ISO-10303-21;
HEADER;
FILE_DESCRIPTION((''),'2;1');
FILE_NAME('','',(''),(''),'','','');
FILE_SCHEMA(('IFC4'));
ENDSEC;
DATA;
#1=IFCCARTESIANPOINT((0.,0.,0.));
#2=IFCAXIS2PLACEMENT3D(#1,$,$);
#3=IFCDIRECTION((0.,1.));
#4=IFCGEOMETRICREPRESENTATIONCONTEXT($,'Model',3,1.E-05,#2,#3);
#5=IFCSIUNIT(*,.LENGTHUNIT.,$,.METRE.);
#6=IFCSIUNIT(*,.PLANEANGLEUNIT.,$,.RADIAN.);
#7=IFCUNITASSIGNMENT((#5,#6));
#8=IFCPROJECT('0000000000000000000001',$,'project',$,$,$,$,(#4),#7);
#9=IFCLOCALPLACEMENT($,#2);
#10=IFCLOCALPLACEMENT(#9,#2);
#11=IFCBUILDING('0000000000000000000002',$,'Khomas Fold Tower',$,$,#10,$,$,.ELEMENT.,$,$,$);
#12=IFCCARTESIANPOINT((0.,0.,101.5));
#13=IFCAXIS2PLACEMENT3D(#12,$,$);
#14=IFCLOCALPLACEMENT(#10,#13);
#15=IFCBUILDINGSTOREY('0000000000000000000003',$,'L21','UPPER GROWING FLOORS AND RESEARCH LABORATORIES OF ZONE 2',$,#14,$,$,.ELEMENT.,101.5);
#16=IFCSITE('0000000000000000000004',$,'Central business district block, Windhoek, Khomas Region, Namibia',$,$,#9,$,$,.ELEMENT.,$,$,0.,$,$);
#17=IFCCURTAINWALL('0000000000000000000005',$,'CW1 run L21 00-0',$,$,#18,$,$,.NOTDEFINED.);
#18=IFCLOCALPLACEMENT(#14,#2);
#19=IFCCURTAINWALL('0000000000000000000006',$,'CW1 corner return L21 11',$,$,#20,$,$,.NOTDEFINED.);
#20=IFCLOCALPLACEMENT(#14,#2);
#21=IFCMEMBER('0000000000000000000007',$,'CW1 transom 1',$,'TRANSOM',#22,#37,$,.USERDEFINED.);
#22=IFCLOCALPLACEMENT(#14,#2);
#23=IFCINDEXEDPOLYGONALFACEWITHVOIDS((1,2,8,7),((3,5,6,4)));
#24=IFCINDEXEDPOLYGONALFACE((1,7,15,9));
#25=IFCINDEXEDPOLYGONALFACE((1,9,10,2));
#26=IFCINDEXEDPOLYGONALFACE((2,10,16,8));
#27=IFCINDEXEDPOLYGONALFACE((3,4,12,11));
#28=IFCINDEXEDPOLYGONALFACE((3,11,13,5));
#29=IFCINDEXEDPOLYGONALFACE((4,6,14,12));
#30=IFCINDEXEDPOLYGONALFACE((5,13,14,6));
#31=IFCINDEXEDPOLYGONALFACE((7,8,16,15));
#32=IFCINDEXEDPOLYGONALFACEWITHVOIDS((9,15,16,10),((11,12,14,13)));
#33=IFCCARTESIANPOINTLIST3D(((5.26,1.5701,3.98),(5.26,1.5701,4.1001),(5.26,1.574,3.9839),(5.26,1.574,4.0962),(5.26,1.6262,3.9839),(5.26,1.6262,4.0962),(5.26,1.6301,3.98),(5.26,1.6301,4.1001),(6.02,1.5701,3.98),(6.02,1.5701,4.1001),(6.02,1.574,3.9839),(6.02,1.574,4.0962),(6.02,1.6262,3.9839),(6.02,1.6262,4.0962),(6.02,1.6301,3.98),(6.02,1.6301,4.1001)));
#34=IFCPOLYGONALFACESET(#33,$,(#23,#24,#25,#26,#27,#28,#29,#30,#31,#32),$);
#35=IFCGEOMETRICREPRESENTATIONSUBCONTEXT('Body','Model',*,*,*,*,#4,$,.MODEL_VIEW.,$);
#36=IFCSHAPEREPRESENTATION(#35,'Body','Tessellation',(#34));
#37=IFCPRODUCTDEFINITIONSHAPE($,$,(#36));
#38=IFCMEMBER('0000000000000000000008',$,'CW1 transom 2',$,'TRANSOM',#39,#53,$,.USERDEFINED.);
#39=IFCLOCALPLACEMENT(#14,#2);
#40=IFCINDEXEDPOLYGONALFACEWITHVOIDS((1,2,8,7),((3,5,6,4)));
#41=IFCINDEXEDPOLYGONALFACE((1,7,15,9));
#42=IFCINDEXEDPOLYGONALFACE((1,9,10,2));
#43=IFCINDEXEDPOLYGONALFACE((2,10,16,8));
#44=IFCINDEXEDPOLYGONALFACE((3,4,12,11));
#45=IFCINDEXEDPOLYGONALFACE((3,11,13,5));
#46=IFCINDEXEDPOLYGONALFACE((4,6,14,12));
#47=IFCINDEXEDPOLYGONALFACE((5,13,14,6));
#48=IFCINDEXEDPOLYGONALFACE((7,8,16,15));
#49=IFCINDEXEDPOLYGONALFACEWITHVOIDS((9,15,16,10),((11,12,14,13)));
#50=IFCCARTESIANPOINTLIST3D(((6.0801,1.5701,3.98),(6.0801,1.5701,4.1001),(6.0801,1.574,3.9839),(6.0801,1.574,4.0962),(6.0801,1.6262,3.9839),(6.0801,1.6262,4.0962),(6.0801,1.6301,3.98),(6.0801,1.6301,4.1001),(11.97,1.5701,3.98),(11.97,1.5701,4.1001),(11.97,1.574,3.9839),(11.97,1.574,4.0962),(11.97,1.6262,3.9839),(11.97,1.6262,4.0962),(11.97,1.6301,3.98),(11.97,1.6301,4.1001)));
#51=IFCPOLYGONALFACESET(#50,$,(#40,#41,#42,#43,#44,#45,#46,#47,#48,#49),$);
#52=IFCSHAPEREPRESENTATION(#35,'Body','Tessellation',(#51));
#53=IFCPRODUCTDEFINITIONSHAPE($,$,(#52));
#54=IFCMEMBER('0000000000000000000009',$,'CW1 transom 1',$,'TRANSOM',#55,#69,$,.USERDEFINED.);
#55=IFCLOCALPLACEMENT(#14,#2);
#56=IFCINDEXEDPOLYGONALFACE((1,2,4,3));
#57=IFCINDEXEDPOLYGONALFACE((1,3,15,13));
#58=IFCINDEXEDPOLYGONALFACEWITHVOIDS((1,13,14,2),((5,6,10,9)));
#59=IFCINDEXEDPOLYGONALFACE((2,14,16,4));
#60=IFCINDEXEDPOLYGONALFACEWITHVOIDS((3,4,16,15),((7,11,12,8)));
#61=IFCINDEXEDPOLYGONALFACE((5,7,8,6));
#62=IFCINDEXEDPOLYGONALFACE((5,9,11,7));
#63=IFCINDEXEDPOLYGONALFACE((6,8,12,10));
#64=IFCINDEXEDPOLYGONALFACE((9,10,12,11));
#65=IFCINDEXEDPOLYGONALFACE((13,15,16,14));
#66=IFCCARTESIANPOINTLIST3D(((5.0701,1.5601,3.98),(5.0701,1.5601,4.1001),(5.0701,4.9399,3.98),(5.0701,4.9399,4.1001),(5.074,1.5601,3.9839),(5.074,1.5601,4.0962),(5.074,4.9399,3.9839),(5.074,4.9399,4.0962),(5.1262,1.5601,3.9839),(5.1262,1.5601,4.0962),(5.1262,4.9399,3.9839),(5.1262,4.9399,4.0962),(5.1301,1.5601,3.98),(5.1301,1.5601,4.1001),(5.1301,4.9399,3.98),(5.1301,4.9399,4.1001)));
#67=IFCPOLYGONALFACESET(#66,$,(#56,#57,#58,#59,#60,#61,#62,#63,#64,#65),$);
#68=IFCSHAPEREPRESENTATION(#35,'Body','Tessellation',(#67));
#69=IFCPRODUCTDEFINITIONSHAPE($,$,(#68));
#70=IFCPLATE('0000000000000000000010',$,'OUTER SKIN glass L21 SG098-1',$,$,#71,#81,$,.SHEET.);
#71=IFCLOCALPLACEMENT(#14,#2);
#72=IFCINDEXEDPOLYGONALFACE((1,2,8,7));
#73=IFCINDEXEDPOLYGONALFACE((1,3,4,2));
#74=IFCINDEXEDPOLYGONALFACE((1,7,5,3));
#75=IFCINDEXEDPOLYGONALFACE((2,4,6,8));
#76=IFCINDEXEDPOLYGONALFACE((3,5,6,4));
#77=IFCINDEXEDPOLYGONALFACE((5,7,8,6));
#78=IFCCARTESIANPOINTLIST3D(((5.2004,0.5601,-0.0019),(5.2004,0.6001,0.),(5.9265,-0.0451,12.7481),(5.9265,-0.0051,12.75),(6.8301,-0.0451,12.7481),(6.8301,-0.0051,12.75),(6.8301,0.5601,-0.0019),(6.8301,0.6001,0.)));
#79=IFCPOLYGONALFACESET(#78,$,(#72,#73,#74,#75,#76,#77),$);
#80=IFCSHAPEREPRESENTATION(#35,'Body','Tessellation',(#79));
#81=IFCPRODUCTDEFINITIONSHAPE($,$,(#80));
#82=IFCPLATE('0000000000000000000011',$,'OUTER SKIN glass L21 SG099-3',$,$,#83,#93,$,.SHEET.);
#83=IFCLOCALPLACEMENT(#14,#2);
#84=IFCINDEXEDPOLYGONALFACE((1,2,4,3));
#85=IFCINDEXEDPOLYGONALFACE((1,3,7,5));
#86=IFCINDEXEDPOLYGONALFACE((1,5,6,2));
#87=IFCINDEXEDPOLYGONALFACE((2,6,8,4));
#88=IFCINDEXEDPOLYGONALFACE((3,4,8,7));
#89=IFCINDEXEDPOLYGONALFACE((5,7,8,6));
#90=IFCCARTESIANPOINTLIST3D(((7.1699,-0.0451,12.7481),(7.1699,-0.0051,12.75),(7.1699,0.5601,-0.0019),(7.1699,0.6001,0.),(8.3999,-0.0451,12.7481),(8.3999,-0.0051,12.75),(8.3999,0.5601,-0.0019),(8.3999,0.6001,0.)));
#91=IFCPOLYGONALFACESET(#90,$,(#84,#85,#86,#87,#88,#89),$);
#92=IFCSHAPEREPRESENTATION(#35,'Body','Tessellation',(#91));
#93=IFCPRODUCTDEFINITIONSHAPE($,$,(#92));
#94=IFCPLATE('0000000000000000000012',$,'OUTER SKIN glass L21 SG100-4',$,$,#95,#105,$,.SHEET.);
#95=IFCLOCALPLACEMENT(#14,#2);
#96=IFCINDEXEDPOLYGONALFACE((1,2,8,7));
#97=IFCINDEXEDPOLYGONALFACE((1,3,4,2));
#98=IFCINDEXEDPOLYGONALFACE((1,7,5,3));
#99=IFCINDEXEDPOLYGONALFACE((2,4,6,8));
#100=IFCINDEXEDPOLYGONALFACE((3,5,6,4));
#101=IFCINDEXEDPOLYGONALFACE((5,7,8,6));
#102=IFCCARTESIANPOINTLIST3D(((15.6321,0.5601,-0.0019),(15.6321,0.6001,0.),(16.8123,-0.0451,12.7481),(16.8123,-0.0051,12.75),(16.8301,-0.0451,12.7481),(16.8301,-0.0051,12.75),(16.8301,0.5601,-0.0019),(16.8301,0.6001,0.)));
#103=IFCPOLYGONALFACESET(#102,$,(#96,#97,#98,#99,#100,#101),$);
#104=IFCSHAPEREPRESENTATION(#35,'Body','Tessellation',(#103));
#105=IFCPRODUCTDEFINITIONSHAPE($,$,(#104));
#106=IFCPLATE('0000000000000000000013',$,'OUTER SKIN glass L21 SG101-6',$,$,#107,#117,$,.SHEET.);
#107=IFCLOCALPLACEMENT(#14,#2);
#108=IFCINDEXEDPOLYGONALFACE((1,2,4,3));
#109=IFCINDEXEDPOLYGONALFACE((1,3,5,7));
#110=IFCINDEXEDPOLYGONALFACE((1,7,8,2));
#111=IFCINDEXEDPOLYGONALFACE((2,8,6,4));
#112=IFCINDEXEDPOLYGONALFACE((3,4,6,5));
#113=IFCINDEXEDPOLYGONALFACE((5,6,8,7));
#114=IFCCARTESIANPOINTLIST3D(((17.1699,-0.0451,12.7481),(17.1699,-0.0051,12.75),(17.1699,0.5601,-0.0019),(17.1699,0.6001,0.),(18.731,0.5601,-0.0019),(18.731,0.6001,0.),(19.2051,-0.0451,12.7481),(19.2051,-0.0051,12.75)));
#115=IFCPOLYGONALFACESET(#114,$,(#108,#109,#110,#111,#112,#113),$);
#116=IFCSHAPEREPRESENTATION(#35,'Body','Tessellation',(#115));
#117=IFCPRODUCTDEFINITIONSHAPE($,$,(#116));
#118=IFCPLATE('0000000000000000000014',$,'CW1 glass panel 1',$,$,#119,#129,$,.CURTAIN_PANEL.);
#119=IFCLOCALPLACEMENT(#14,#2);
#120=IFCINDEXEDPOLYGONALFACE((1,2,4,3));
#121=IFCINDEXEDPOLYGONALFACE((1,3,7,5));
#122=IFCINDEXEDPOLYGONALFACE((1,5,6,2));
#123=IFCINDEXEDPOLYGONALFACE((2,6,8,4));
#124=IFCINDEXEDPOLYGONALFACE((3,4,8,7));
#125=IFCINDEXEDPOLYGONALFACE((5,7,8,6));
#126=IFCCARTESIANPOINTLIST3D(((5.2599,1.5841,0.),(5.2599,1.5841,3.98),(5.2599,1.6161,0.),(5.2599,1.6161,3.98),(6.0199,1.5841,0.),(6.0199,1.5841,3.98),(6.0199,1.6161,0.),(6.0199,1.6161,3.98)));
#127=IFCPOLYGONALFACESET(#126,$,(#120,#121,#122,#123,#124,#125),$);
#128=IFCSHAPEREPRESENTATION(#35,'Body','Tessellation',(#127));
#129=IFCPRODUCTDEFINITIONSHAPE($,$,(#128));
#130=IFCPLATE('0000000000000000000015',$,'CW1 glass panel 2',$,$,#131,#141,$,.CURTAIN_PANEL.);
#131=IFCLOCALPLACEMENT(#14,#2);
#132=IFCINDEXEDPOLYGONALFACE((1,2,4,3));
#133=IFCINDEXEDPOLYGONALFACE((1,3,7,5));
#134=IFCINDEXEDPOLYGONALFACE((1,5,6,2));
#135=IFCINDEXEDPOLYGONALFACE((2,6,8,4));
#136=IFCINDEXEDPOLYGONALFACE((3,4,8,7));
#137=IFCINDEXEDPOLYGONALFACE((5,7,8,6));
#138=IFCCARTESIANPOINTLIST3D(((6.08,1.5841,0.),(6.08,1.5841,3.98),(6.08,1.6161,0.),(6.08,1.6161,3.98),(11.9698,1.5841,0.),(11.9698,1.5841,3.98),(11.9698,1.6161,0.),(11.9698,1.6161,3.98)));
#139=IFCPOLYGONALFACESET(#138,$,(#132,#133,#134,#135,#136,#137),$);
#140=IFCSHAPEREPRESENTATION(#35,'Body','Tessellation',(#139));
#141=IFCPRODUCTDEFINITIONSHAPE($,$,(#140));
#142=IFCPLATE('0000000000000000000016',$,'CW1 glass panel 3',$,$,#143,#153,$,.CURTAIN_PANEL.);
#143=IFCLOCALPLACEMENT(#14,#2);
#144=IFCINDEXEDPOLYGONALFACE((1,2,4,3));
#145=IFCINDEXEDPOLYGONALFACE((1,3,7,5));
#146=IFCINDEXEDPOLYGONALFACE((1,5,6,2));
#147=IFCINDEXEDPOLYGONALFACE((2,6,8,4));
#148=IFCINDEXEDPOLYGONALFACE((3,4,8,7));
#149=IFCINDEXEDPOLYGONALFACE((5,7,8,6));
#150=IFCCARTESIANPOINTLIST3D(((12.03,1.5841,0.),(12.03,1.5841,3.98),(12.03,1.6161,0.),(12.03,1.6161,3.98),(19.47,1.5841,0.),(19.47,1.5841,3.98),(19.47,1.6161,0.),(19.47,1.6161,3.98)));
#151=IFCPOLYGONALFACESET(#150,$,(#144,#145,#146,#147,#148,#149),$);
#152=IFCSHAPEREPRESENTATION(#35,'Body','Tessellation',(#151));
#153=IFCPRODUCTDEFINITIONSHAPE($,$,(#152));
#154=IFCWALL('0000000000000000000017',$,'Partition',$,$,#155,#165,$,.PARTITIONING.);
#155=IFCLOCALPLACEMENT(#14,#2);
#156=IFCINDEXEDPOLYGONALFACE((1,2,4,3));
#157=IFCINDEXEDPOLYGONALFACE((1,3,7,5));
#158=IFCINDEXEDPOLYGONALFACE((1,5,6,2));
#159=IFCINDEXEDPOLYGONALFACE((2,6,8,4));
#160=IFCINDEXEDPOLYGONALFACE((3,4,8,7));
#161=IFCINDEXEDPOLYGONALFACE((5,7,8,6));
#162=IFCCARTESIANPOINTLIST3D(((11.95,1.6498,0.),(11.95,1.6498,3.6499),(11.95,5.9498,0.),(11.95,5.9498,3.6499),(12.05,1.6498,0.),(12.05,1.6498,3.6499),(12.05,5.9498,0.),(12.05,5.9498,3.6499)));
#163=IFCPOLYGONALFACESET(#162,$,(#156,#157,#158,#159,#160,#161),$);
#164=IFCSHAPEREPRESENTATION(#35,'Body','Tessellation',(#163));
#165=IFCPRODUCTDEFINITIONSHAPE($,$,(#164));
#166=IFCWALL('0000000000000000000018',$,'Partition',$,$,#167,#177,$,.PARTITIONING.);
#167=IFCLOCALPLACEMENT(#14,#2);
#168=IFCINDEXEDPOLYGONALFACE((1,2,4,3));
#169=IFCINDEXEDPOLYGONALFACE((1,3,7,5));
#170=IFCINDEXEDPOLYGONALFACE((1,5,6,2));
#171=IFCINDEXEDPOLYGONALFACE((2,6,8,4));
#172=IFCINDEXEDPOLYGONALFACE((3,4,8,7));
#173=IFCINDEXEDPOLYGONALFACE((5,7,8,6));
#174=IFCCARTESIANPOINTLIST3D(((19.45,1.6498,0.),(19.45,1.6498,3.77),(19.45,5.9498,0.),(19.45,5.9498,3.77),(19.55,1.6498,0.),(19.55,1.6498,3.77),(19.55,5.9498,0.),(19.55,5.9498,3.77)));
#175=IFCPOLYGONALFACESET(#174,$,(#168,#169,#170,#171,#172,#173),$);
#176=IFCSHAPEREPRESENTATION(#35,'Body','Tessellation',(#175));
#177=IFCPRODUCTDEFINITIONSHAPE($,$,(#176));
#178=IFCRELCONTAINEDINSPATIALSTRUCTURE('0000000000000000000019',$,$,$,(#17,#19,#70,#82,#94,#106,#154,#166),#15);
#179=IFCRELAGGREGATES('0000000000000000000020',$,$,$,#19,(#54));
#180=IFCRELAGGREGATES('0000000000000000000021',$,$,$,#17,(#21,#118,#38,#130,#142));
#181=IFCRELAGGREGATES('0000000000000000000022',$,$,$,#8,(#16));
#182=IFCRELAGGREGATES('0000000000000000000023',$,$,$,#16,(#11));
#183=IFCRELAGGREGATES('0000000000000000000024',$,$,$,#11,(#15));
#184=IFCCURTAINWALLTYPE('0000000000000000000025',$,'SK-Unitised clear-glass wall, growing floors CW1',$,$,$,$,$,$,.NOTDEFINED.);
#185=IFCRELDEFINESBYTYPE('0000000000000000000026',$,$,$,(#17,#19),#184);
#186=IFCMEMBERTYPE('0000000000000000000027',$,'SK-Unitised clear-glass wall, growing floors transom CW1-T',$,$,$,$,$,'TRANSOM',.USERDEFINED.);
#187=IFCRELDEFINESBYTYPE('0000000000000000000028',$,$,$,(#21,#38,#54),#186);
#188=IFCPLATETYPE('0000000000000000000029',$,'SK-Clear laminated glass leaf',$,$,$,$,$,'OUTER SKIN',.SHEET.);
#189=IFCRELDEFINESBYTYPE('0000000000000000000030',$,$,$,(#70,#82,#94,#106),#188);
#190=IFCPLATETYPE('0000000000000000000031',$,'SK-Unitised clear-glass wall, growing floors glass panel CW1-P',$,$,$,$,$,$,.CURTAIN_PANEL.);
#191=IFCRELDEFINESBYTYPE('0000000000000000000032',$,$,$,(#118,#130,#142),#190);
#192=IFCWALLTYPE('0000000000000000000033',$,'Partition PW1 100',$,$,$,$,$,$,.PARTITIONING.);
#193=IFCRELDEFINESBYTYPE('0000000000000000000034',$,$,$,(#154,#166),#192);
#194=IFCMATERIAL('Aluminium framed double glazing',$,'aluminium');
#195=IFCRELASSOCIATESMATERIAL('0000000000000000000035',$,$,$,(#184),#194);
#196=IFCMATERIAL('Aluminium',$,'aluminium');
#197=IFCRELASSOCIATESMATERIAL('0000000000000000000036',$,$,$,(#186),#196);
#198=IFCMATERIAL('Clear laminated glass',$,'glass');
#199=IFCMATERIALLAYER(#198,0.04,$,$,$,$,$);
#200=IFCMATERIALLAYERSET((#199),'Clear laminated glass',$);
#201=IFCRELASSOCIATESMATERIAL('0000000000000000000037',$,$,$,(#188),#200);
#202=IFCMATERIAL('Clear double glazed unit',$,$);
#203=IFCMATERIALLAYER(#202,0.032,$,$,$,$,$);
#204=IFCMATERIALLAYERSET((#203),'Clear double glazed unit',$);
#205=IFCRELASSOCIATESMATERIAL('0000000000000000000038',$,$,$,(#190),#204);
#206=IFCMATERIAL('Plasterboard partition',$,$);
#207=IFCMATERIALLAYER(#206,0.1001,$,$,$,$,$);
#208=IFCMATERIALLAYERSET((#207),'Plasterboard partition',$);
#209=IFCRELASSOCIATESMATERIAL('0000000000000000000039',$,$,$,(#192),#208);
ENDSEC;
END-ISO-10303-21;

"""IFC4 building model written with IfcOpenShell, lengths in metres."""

from ifc_helpers import new_model, si_unit, direction, frame, frame_2d, origin, origin_2d, place, context, subcontext, project, spatial, polyline, rectangle, hollow_rectangle, outline, extrude, source, transform, mapped, material, layer, layer_set, material_profile, profile_set, type_object, element, aggregate, save


model = new_model("IFC4")

# Units and contexts
model_context = context("Model", 3, precision=1e-05, world=origin(), true_north=direction((0.0, 1.0)))
body_context = subcontext(model_context, "Body", "Model", "MODEL_VIEW")
ifc_project = project(units=[si_unit("LENGTHUNIT", "METRE"), si_unit("PLANEANGLEUNIT", "RADIAN")], contexts=[model_context])

# Site, building, storey
site_placement = place(None, origin())
site = spatial("IfcSite", under=ifc_project, at=site_placement, Name="Central business district block, Windhoek, Khomas Region, Namibia", CompositionType="ELEMENT", RefElevation=0.0)
building_placement = place(site_placement, origin())
building = spatial("IfcBuilding", under=site, at=building_placement, Name="Khomas Fold Tower", CompositionType="ELEMENT")
storey_placement = place(building_placement, frame((0.0, 0.0, 101.5)))
storey = spatial("IfcBuildingStorey", under=building, at=storey_placement, Name="L21", Description="UPPER GROWING FLOORS AND RESEARCH LABORATORIES OF ZONE 2", CompositionType="ELEMENT", Elevation=101.5)

# Curtain wall
ifc_material_1 = material(Name="Aluminium framed double glazing", Category="aluminium")
curtain_wall_type = type_object("IfcCurtainWallType", Name="SK-Unitised clear-glass wall, growing floors CW1", PredefinedType="NOTDEFINED", material=ifc_material_1)
curtain_wall_1_placement = place(storey_placement, origin())
curtain_wall_1 = element("IfcCurtainWall", 1, at=curtain_wall_1_placement, inside=storey, type_object=curtain_wall_type, Name="CW1 run L21 00-0", PredefinedType="NOTDEFINED")
ifc_material_2 = material(Name="Aluminium", Category="aluminium")
ifc_material_profile_1 = material_profile(ifc_material_2, hollow_rectangle(XDim=0.0601, YDim=0.1201, WallThickness=0.0039, at=origin_2d()), Name="SK-Unitised clear-glass wall, growing floors transom CW1-T")
ifc_profile_set_1 = profile_set([ifc_material_profile_1], Name="Aluminium")
member_type_1 = type_object("IfcMemberType", Name="SK-Unitised clear-glass wall, growing floors transom CW1-T", ElementType="TRANSOM", PredefinedType="USERDEFINED", material=ifc_profile_set_1)

# Curtain wall
curtain_wall_2_placement = place(storey_placement, origin())
curtain_wall_2 = element("IfcCurtainWall", 2, at=curtain_wall_2_placement, inside=storey, type_object=curtain_wall_type, Name="CW1 corner return L21 11", PredefinedType="NOTDEFINED")

# Members
shared_shape_1 = source(origin(), body_context, "Body", "SweptSolid", [
    extrude(hollow_rectangle(XDim=0.0601, YDim=0.1201, WallThickness=0.0039, at=origin_2d()), origin(), (0.0, 0.0, 1.0), 0.76),
])
member_1_placement = place(storey_placement, frame((5.26, 1.6001, 4.04), z_axis=(1.0, 0.0, 0.0), x_axis=(0.0, 1.0, 0.0)))
member_1 = element("IfcMember", 3, at=member_1_placement, type_object=member_type_1, Name="CW1 transom 1", ObjectType="TRANSOM", PredefinedType="USERDEFINED", context=body_context, shape_type="MappedRepresentation", body=[
    mapped(shared_shape_1, transform((0.0, 0.0, 0.0))),
])
shared_shape_2 = source(origin(), body_context, "Body", "SweptSolid", [
    extrude(hollow_rectangle(XDim=0.0601, YDim=0.1201, WallThickness=0.0039, at=origin_2d()), origin(), (0.0, 0.0, 1.0), 5.8899),
])
member_2_placement = place(storey_placement, frame((6.0801, 1.6001, 4.04), z_axis=(1.0, 0.0, 0.0), x_axis=(0.0, 1.0, 0.0)))
member_2 = element("IfcMember", 4, at=member_2_placement, type_object=member_type_1, Name="CW1 transom 2", ObjectType="TRANSOM", PredefinedType="USERDEFINED", context=body_context, shape_type="MappedRepresentation", body=[
    mapped(shared_shape_2, transform((0.0, 0.0, 0.0))),
])
shared_shape_3 = source(origin(), body_context, "Body", "SweptSolid", [
    extrude(hollow_rectangle(XDim=0.0601, YDim=0.1201, WallThickness=0.0039, at=origin_2d()), origin(), (0.0, 0.0, 1.0), 3.3799),
])
member_3_placement = place(storey_placement, frame((5.1001, 4.9399, 4.04), z_axis=(0.0, -1.0, 0.0), x_axis=(1.0, 0.0, 0.0)))
member_3 = element("IfcMember", 5, at=member_3_placement, type_object=member_type_1, Name="CW1 transom 1", ObjectType="TRANSOM", PredefinedType="USERDEFINED", context=body_context, shape_type="MappedRepresentation", body=[
    mapped(shared_shape_3, transform((0.0, 0.0, 0.0))),
])
aggregate(curtain_wall_2, [member_3])

# Plates
ifc_material_3 = material(Name="Clear laminated glass", Category="glass")
ifc_layer_1 = layer(ifc_material_3, 0.04)
ifc_layer_set_1 = layer_set([ifc_layer_1], Name="Clear laminated glass")
plate_type_1 = type_object("IfcPlateType", Name="SK-Clear laminated glass leaf", ElementType="OUTER SKIN", PredefinedType="SHEET", material=ifc_layer_set_1)
plate_1_placement = place(storey_placement, frame((5.2004, 0.6001, 0.0), z_axis=(0.0, 0.998875, 0.047415), x_axis=(0.056791, -0.047339, 0.997263)))
element("IfcPlate", 6, at=plate_1_placement, inside=storey, type_object=plate_type_1, Name="OUTER SKIN glass L21 SG098-1", PredefinedType="SHEET", context=body_context, shape_type="SweptSolid", body=[
    extrude(outline(polyline([(0.0, 0.0), (12.785, 0.0), (12.8363, 0.9021), (0.0925, 1.627), (0.0, 0.0)])), origin(), (0.0, 0.0, -1.0), 0.04),
])
plate_2_placement = place(storey_placement, frame((8.3999, 0.6001, 0.0), z_axis=(0.0, 0.998875, 0.047415), x_axis=(-1.0, 0.0, 0.0)))
element("IfcPlate", 7, at=plate_2_placement, inside=storey, type_object=plate_type_1, Name="OUTER SKIN glass L21 SG099-3", PredefinedType="SHEET", context=body_context, shape_type="SweptSolid", body=[
    extrude(outline(polyline([(0.0, 0.0), (1.23, 0.0), (1.23, 12.7644), (0.0, 12.7644), (0.0, 0.0)])), origin(), (0.0, 0.0, -1.0), 0.04),
])
plate_3_placement = place(storey_placement, frame((15.6321, 0.6001, 0.0), z_axis=(0.0, 0.998875, 0.047415), x_axis=(0.092066, -0.047214, 0.994633)))
element("IfcPlate", 8, at=plate_3_placement, inside=storey, type_object=plate_type_1, Name="OUTER SKIN glass L21 SG100-4", PredefinedType="SHEET", context=body_context, shape_type="SweptSolid", body=[
    extrude(outline(polyline([(0.0, 0.0), (12.8188, 0.0), (12.8204, 0.0177), (0.1103, 1.1929), (0.0, 0.0)])), origin(), (0.0, 0.0, -1.0), 0.04),
])
plate_4_placement = place(storey_placement, frame((18.731, 0.6001, 0.0), z_axis=(0.0, 0.998875, 0.047415), x_axis=(-1.0, 0.0, 0.0)))
element("IfcPlate", 9, at=plate_4_placement, inside=storey, type_object=plate_type_1, Name="OUTER SKIN glass L21 SG101-6", PredefinedType="SHEET", context=body_context, shape_type="SweptSolid", body=[
    extrude(outline(polyline([(0.0, 0.0), (1.561, 0.0), (1.561, 12.7644), (-0.4741, 12.7644), (0.0, 0.0)])), origin(), (0.0, 0.0, -1.0), 0.04),
])

# Plates
ifc_material_4 = material(Name="Clear double glazed unit")
ifc_layer_2 = layer(ifc_material_4, 0.032)
ifc_layer_set_2 = layer_set([ifc_layer_2], Name="Clear double glazed unit")
plate_type_2 = type_object("IfcPlateType", Name="SK-Unitised clear-glass wall, growing floors glass panel CW1-P", PredefinedType="CURTAIN_PANEL", material=ifc_layer_set_2)
shared_shape_4 = source(origin(), body_context, "Body", "SweptSolid", [
    extrude(rectangle(XDim=0.76, YDim=0.032, at=origin_2d()), origin(), (0.0, 0.0, 1.0), 3.98),
])
plate_5_placement = place(storey_placement, frame((5.6399, 1.6001, 0.0), z_axis=(0.0, 0.0, 1.0), x_axis=(1.0, 0.0, 0.0)))
plate_5 = element("IfcPlate", 10, at=plate_5_placement, type_object=plate_type_2, Name="CW1 glass panel 1", PredefinedType="CURTAIN_PANEL", context=body_context, shape_type="MappedRepresentation", body=[
    mapped(shared_shape_4, transform((0.0, 0.0, 0.0))),
])
shared_shape_5 = source(origin(), body_context, "Body", "SweptSolid", [
    extrude(rectangle(XDim=5.8899, YDim=0.032, at=origin_2d()), origin(), (0.0, 0.0, 1.0), 3.98),
])
plate_6_placement = place(storey_placement, frame((9.0249, 1.6001, 0.0), z_axis=(0.0, 0.0, 1.0), x_axis=(1.0, 0.0, 0.0)))
plate_6 = element("IfcPlate", 11, at=plate_6_placement, type_object=plate_type_2, Name="CW1 glass panel 2", PredefinedType="CURTAIN_PANEL", context=body_context, shape_type="MappedRepresentation", body=[
    mapped(shared_shape_5, transform((0.0, 0.0, 0.0))),
])
shared_shape_6 = source(origin(), body_context, "Body", "SweptSolid", [
    extrude(rectangle(XDim=7.4399, YDim=0.032, at=origin_2d()), origin(), (0.0, 0.0, 1.0), 3.98),
])
plate_7_placement = place(storey_placement, frame((15.75, 1.6001, 0.0), z_axis=(0.0, 0.0, 1.0), x_axis=(1.0, 0.0, 0.0)))
plate_7 = element("IfcPlate", 12, at=plate_7_placement, type_object=plate_type_2, Name="CW1 glass panel 3", PredefinedType="CURTAIN_PANEL", context=body_context, shape_type="MappedRepresentation", body=[
    mapped(shared_shape_6, transform((0.0, 0.0, 0.0))),
])
aggregate(curtain_wall_1, [member_1, plate_5, member_2, plate_6, plate_7])

# Walls
ifc_material_5 = material(Name="Plasterboard partition")
ifc_layer_3 = layer(ifc_material_5, 0.1001)
ifc_layer_set_3 = layer_set([ifc_layer_3], Name="Plasterboard partition")
wall_type = type_object("IfcWallType", Name="Partition PW1 100", PredefinedType="PARTITIONING", material=ifc_layer_set_3)
shared_shape_7 = source(origin(), body_context, "Body", "SweptSolid", [
    extrude(rectangle(XDim=4.3, YDim=0.1001, at=frame_2d((2.1499, 0.0))), origin(), (0.0, 0.0, 1.0), 3.6499),
])
wall_1_placement = place(storey_placement, frame((12.0, 1.6499, 0.0), z_axis=(0.0, 0.0, 1.0), x_axis=(0.0, 1.0, 0.0)))
element("IfcWall", 13, at=wall_1_placement, inside=storey, type_object=wall_type, Name="Partition", PredefinedType="PARTITIONING", context=body_context, shape_type="MappedRepresentation", body=[
    mapped(shared_shape_7, transform((0.0, 0.0, 0.0))),
])
shared_shape_8 = source(origin(), body_context, "Body", "SweptSolid", [
    extrude(rectangle(XDim=4.3, YDim=0.1001, at=frame_2d((2.1499, 0.0))), origin(), (0.0, 0.0, 1.0), 3.77),
])
wall_2_placement = place(storey_placement, frame((19.5, 1.6499, 0.0), z_axis=(0.0, 0.0, 1.0), x_axis=(0.0, 1.0, 0.0)))
element("IfcWall", 14, at=wall_2_placement, inside=storey, type_object=wall_type, Name="Partition", PredefinedType="PARTITIONING", context=body_context, shape_type="MappedRepresentation", body=[
    mapped(shared_shape_8, transform((0.0, 0.0, 0.0))),
])

save(model, "model.ifc")
